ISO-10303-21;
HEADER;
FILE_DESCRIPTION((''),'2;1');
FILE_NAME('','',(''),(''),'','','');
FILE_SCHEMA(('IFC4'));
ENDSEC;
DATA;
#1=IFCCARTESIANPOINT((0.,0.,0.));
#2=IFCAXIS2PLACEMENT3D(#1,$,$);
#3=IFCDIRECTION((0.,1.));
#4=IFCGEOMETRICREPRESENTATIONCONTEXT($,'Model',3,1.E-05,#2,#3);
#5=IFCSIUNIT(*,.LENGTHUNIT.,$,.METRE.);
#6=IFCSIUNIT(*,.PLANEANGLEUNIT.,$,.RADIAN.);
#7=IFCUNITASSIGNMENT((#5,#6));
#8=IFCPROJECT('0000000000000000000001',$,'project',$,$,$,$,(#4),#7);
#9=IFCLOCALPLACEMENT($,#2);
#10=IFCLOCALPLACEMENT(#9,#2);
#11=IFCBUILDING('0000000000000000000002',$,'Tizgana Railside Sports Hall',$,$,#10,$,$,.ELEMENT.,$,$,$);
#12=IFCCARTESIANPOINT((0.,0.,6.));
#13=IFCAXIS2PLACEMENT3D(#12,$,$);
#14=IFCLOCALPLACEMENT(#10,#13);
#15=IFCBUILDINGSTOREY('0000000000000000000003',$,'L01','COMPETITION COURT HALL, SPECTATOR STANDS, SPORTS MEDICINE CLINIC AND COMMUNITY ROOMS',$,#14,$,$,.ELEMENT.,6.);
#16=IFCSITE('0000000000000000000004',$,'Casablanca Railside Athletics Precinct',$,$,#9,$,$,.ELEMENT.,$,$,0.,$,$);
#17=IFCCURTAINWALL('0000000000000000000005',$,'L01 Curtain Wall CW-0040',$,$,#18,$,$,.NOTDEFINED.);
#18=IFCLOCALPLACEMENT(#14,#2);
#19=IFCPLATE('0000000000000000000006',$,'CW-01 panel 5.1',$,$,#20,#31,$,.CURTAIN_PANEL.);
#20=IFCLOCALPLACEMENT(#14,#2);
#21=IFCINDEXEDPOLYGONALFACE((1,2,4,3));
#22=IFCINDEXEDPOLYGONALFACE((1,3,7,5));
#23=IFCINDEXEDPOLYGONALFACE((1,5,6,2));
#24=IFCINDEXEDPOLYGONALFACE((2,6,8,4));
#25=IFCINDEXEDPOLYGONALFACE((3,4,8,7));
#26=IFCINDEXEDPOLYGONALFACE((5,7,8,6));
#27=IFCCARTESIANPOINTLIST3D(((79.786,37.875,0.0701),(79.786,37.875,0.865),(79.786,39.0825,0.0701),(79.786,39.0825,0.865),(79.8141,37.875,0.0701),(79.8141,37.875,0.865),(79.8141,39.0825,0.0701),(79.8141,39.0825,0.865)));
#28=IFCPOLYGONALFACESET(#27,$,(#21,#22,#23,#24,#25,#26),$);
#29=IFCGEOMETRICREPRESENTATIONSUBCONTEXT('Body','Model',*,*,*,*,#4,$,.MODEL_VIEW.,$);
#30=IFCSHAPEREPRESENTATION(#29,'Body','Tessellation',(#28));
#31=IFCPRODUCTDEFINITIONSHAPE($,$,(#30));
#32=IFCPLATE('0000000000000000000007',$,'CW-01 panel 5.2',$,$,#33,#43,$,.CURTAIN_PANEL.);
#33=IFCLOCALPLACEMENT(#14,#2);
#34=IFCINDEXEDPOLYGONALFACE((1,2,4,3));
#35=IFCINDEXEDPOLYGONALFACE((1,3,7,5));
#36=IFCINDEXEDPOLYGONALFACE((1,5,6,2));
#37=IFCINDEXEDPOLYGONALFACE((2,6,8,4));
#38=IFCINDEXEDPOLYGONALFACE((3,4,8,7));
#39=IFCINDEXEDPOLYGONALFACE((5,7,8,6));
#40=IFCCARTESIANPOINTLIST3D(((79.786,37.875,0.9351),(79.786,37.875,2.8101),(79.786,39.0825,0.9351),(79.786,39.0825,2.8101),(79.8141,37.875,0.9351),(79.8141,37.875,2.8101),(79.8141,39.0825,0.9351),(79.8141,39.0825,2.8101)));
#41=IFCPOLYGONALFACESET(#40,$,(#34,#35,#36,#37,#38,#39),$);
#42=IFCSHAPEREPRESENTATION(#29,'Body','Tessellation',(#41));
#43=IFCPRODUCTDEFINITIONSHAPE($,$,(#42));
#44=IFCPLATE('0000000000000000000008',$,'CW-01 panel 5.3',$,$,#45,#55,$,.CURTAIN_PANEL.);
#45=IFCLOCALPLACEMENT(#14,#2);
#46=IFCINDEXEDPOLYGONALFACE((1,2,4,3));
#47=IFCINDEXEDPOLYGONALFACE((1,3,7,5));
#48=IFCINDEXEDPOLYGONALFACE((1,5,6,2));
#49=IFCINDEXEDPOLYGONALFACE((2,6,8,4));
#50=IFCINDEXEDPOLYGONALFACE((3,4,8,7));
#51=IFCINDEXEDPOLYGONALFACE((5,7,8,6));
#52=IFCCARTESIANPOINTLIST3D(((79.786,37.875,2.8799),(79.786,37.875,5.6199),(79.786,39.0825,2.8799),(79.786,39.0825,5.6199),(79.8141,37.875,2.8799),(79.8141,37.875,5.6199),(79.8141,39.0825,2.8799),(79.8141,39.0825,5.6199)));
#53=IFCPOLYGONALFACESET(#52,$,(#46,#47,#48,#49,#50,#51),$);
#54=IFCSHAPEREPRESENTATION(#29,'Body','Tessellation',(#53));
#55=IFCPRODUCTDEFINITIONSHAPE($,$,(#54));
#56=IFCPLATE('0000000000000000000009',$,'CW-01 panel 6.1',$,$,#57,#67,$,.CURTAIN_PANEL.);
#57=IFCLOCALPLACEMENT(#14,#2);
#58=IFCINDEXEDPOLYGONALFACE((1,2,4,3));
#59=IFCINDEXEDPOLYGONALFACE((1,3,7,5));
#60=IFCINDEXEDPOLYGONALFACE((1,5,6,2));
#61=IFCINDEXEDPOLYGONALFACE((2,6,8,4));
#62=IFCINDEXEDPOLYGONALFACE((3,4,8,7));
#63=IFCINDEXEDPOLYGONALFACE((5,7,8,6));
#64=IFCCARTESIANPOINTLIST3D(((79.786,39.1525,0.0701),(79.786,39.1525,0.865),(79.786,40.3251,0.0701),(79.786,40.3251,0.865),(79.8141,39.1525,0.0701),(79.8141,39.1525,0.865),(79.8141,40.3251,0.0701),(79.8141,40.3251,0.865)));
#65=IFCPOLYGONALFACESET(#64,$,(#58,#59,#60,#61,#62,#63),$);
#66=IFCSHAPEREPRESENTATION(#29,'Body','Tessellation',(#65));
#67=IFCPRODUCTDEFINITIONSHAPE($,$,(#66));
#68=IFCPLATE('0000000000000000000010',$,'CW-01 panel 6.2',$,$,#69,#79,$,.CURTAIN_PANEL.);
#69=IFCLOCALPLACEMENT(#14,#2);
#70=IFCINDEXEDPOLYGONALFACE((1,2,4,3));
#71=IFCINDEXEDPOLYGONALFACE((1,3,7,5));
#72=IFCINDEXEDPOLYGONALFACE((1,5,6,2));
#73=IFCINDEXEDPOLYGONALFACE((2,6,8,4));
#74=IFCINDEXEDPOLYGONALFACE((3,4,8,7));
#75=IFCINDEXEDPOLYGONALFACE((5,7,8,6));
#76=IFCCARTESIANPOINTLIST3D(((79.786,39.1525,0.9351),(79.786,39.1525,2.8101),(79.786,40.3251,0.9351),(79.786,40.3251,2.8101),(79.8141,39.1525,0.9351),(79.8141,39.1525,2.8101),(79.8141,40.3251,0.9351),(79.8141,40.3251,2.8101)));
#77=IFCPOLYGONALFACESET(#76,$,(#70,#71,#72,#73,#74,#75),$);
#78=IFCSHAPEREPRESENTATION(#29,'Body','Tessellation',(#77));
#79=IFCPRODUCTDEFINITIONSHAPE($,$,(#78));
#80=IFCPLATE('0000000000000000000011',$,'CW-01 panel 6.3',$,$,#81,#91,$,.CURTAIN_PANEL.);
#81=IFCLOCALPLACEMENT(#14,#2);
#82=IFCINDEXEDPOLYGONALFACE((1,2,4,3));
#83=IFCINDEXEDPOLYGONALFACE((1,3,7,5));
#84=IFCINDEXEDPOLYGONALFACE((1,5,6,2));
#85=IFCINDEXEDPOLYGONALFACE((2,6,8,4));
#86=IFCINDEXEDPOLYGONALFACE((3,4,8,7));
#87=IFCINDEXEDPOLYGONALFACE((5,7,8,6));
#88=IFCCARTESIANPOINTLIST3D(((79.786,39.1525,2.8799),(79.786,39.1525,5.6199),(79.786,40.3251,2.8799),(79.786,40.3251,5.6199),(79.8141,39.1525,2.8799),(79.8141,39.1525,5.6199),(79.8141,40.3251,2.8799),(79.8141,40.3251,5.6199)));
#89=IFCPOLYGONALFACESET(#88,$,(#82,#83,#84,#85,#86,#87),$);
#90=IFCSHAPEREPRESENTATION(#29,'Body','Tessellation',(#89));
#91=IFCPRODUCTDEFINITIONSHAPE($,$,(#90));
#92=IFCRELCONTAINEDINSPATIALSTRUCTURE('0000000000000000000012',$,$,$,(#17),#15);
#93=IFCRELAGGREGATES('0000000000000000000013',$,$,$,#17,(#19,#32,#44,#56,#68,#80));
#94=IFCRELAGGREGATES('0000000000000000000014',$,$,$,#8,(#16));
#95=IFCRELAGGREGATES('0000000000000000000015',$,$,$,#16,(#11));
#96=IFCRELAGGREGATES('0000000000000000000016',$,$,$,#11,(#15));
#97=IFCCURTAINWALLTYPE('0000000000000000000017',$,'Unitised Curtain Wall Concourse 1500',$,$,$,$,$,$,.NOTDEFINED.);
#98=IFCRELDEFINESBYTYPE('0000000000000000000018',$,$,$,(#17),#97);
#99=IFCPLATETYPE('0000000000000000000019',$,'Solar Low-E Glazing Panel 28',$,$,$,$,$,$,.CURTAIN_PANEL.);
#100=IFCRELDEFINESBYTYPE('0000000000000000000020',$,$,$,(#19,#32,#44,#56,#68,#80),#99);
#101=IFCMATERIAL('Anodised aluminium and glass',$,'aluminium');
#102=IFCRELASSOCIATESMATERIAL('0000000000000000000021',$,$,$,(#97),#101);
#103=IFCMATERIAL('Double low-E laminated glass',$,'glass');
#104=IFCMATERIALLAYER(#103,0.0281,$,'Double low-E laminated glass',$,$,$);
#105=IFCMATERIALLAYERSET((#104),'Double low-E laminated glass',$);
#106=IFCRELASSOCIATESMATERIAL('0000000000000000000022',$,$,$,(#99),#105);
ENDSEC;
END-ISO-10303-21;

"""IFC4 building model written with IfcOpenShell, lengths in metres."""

from ifc_helpers import new_model, si_unit, direction, frame, origin, origin_2d, place, context, subcontext, project, spatial, rectangle, extrude, material, layer, layer_set, type_object, element, aggregate, save


model = new_model("IFC4")

# Units and contexts
model_context = context("Model", 3, precision=1e-05, world=origin(), true_north=direction((0.0, 1.0)))
body_context = subcontext(model_context, "Body", "Model", "MODEL_VIEW")
ifc_project = project(units=[si_unit("LENGTHUNIT", "METRE"), si_unit("PLANEANGLEUNIT", "RADIAN")], contexts=[model_context])

# Site, building, storey
site_placement = place(None, origin())
site = spatial("IfcSite", under=ifc_project, at=site_placement, Name="Casablanca Railside Athletics Precinct", CompositionType="ELEMENT", RefElevation=0.0)
building_placement = place(site_placement, origin())
building = spatial("IfcBuilding", under=site, at=building_placement, Name="Tizgana Railside Sports Hall", CompositionType="ELEMENT")
storey_placement = place(building_placement, frame((0.0, 0.0, 6.0)))
storey = spatial("IfcBuildingStorey", under=building, at=storey_placement, Name="L01", Description="COMPETITION COURT HALL, SPECTATOR STANDS, SPORTS MEDICINE CLINIC AND COMMUNITY ROOMS", CompositionType="ELEMENT", Elevation=6.0)

# Curtain wall
ifc_material_1 = material(Name="Anodised aluminium and glass", Category="aluminium")
curtain_wall_type_1 = type_object("IfcCurtainWallType", Name="Unitised Curtain Wall Concourse 1500", PredefinedType="NOTDEFINED", material=ifc_material_1)
curtain_wall_1_placement = place(storey_placement, origin())
curtain_wall_1 = element("IfcCurtainWall", 1, at=curtain_wall_1_placement, inside=storey, type_object=curtain_wall_type_1, Name="L01 Curtain Wall CW-0040", PredefinedType="NOTDEFINED")

# Plates
ifc_material_2 = material(Name="Double low-E laminated glass", Category="glass")
ifc_layer_1 = layer(ifc_material_2, 0.0281, Name="Double low-E laminated glass")
ifc_layer_set_1 = layer_set([ifc_layer_1], Name="Double low-E laminated glass")
plate_type_1 = type_object("IfcPlateType", Name="Solar Low-E Glazing Panel 28", PredefinedType="CURTAIN_PANEL", material=ifc_layer_set_1)
plate_1_placement = place(storey_placement, frame((79.8, 38.4788, 0.0701), z_axis=(0.0, 0.0, 1.0), x_axis=(0.0, 1.0, 0.0)))
plate_1 = element("IfcPlate", 2, at=plate_1_placement, type_object=plate_type_1, Name="CW-01 panel 5.1", PredefinedType="CURTAIN_PANEL", context=body_context, shape_type="SweptSolid", body=[
    extrude(rectangle(XDim=1.2075, YDim=0.0281, at=origin_2d()), origin(), (0.0, 0.0, 1.0), 0.7949),
])
plate_2_placement = place(storey_placement, frame((79.8, 38.4788, 0.9351), z_axis=(0.0, 0.0, 1.0), x_axis=(0.0, 1.0, 0.0)))
plate_2 = element("IfcPlate", 3, at=plate_2_placement, type_object=plate_type_1, Name="CW-01 panel 5.2", PredefinedType="CURTAIN_PANEL", context=body_context, shape_type="SweptSolid", body=[
    extrude(rectangle(XDim=1.2075, YDim=0.0281, at=origin_2d()), origin(), (0.0, 0.0, 1.0), 1.875),
])
plate_3_placement = place(storey_placement, frame((79.8, 38.4788, 2.8799), z_axis=(0.0, 0.0, 1.0), x_axis=(0.0, 1.0, 0.0)))
plate_3 = element("IfcPlate", 4, at=plate_3_placement, type_object=plate_type_1, Name="CW-01 panel 5.3", PredefinedType="CURTAIN_PANEL", context=body_context, shape_type="SweptSolid", body=[
    extrude(rectangle(XDim=1.2075, YDim=0.0281, at=origin_2d()), origin(), (0.0, 0.0, 1.0), 2.74),
])
plate_4_placement = place(storey_placement, frame((79.8, 39.7388, 0.0701), z_axis=(0.0, 0.0, 1.0), x_axis=(0.0, 1.0, 0.0)))
plate_4 = element("IfcPlate", 5, at=plate_4_placement, type_object=plate_type_1, Name="CW-01 panel 6.1", PredefinedType="CURTAIN_PANEL", context=body_context, shape_type="SweptSolid", body=[
    extrude(rectangle(XDim=1.1726, YDim=0.0281, at=origin_2d()), origin(), (0.0, 0.0, 1.0), 0.7949),
])
plate_5_placement = place(storey_placement, frame((79.8, 39.7388, 0.9351), z_axis=(0.0, 0.0, 1.0), x_axis=(0.0, 1.0, 0.0)))
plate_5 = element("IfcPlate", 6, at=plate_5_placement, type_object=plate_type_1, Name="CW-01 panel 6.2", PredefinedType="CURTAIN_PANEL", context=body_context, shape_type="SweptSolid", body=[
    extrude(rectangle(XDim=1.1726, YDim=0.0281, at=origin_2d()), origin(), (0.0, 0.0, 1.0), 1.875),
])
plate_6_placement = place(storey_placement, frame((79.8, 39.7388, 2.8799), z_axis=(0.0, 0.0, 1.0), x_axis=(0.0, 1.0, 0.0)))
plate_6 = element("IfcPlate", 7, at=plate_6_placement, type_object=plate_type_1, Name="CW-01 panel 6.3", PredefinedType="CURTAIN_PANEL", context=body_context, shape_type="SweptSolid", body=[
    extrude(rectangle(XDim=1.1726, YDim=0.0281, at=origin_2d()), origin(), (0.0, 0.0, 1.0), 2.74),
])
aggregate(curtain_wall_1, [plate_1, plate_2, plate_3, plate_4, plate_5, plate_6])

save(model, "model.ifc")
